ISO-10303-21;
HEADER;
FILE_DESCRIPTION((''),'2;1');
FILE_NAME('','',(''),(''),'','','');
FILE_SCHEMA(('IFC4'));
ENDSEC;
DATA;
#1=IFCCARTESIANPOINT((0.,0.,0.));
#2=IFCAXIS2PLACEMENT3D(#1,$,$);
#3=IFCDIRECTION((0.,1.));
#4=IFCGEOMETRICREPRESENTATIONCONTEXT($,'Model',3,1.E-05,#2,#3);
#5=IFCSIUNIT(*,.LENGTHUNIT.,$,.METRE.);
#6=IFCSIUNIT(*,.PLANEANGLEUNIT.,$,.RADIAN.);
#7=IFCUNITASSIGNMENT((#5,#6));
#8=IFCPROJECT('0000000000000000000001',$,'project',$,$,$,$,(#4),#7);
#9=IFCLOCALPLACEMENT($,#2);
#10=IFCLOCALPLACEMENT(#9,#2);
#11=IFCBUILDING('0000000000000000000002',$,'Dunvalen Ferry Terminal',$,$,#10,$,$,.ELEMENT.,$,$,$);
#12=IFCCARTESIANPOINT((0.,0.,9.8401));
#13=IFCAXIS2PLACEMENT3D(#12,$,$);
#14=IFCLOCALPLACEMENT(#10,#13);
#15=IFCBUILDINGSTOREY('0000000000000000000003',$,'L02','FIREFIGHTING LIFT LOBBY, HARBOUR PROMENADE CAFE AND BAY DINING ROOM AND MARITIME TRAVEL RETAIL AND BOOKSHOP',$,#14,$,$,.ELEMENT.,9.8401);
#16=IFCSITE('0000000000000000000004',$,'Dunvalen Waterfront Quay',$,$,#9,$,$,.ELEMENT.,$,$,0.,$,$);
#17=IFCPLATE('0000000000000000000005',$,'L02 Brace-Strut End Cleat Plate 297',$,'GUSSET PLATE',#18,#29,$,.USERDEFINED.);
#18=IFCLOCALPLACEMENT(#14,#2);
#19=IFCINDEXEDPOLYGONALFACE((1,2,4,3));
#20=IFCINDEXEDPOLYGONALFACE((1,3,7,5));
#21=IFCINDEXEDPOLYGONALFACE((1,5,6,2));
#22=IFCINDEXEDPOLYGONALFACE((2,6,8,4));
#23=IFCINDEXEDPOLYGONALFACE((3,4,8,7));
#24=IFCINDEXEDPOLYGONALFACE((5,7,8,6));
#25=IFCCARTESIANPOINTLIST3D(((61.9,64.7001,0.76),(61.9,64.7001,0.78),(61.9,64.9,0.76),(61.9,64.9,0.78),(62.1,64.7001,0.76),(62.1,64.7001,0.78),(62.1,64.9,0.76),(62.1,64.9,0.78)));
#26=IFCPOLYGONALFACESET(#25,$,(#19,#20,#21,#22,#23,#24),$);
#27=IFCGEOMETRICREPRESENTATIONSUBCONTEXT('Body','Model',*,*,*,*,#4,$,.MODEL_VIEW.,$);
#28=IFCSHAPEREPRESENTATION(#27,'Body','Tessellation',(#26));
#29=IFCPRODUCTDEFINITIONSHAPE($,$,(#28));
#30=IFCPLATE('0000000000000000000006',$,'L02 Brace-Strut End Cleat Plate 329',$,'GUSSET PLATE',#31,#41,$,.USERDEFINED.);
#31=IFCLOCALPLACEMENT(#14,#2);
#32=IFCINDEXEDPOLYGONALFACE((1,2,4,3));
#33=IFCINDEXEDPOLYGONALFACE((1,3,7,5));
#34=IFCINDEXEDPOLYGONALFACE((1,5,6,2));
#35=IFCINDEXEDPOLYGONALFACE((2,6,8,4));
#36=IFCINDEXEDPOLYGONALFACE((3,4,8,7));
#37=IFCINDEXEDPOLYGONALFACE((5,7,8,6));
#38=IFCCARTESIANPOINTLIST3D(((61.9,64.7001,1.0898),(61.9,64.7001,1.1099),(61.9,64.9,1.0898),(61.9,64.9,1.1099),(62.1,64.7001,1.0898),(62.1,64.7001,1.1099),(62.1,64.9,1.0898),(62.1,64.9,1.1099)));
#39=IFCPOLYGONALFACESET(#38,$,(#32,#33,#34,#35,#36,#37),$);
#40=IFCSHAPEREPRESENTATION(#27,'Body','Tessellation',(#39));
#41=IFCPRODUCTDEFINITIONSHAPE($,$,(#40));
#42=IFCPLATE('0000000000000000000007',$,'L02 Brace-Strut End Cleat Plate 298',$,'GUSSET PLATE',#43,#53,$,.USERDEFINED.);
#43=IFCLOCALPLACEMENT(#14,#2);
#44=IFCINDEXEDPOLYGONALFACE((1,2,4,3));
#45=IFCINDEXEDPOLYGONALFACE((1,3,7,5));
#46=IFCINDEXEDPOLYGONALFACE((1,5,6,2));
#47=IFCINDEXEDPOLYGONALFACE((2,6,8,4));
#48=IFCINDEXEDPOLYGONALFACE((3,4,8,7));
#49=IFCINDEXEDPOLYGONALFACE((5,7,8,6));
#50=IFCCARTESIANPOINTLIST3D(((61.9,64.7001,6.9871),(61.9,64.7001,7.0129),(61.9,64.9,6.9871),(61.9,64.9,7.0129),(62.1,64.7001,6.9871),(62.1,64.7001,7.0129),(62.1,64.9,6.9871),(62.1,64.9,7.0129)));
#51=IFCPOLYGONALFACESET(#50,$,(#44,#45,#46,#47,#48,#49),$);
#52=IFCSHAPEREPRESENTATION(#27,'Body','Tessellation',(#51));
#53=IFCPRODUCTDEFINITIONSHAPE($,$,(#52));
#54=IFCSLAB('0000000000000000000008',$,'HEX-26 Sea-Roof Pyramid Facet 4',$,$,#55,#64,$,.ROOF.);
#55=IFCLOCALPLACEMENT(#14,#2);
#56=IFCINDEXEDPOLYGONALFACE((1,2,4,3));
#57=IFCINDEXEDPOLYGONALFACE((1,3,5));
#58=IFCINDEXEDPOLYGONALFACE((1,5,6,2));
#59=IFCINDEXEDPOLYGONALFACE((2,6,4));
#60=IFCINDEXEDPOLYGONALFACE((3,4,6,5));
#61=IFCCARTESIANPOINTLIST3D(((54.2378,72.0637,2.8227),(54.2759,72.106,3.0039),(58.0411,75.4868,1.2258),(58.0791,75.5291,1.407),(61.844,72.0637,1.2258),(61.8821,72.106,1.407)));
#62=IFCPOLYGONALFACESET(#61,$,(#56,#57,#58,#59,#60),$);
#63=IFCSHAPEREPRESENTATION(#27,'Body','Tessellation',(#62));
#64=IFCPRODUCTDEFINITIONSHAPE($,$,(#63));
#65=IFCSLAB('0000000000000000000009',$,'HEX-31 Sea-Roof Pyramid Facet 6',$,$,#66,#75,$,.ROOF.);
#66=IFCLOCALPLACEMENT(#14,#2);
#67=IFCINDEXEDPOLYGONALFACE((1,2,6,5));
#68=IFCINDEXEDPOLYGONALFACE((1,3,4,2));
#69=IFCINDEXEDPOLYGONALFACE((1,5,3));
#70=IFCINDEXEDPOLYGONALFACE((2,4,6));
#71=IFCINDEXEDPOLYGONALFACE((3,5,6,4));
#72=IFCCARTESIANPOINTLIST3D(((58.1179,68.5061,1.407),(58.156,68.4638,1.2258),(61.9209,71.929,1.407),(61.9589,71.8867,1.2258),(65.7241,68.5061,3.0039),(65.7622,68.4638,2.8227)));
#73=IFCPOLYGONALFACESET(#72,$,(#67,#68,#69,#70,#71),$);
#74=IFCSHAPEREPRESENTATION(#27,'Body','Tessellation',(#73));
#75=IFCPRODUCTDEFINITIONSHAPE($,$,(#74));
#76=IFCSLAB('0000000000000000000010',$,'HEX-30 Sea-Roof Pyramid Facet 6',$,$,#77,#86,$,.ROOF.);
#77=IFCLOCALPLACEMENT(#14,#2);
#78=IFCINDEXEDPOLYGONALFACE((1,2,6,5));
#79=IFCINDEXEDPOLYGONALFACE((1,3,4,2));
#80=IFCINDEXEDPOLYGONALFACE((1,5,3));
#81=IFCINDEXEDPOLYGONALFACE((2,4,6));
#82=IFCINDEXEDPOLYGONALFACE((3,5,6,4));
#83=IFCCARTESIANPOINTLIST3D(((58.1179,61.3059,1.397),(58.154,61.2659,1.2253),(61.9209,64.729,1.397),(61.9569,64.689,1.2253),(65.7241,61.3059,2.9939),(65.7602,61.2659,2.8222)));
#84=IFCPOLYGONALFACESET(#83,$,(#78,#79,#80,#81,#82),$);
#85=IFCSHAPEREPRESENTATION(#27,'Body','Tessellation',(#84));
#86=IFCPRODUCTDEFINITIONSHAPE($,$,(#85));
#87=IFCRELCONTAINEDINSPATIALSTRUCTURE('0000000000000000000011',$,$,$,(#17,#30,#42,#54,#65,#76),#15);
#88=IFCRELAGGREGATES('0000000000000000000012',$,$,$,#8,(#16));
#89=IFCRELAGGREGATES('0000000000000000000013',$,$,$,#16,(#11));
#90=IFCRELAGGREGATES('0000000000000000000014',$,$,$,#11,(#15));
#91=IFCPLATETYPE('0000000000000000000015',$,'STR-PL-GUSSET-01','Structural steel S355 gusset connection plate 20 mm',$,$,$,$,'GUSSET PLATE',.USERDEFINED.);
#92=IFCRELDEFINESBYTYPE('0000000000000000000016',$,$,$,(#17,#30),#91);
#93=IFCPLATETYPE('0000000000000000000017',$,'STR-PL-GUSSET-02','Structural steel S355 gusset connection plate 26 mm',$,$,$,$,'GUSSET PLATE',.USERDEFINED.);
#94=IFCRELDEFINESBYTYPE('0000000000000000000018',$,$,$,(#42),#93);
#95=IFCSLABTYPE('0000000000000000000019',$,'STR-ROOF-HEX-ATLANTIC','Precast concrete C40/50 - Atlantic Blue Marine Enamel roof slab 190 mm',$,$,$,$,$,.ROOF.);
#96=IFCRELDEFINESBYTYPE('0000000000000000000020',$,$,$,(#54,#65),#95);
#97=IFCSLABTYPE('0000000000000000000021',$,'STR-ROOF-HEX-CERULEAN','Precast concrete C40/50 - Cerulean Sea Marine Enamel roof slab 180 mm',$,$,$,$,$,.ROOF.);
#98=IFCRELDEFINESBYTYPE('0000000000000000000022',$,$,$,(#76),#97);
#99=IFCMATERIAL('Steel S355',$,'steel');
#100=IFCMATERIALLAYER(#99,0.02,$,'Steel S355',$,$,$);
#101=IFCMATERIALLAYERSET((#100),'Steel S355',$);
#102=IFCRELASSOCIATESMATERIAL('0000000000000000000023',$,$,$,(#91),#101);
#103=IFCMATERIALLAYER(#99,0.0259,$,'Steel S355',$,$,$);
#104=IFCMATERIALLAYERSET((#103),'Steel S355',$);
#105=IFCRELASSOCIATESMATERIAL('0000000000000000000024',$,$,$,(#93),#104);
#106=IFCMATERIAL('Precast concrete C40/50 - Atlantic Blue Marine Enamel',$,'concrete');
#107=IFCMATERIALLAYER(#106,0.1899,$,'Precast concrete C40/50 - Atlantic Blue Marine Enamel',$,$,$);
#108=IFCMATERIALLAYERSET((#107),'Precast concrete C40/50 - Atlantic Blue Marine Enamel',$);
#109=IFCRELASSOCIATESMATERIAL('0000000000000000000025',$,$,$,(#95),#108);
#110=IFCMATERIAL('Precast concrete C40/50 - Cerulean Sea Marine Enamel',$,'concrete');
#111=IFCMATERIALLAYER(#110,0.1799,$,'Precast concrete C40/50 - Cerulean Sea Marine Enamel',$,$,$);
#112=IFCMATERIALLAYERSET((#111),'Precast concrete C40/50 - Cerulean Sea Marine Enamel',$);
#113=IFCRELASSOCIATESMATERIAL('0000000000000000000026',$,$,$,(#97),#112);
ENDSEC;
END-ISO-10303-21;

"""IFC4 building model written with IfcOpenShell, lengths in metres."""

from ifc_helpers import new_model, si_unit, direction, frame, origin, origin_2d, place, context, subcontext, project, spatial, polyline, rectangle, outline, extrude, material, layer, layer_set, type_object, element, save


model = new_model("IFC4")

# Units and contexts
model_context = context("Model", 3, precision=1e-05, world=origin(), true_north=direction((0.0, 1.0)))
body_context = subcontext(model_context, "Body", "Model", "MODEL_VIEW")
ifc_project = project(units=[si_unit("LENGTHUNIT", "METRE"), si_unit("PLANEANGLEUNIT", "RADIAN")], contexts=[model_context])

# Site, building, storey
site_placement = place(None, origin())
site = spatial("IfcSite", under=ifc_project, at=site_placement, Name="Dunvalen Waterfront Quay", CompositionType="ELEMENT", RefElevation=0.0)
building_placement = place(site_placement, origin())
building = spatial("IfcBuilding", under=site, at=building_placement, Name="Dunvalen Ferry Terminal", CompositionType="ELEMENT")
storey_placement = place(building_placement, frame((0.0, 0.0, 9.8401)))
storey = spatial("IfcBuildingStorey", under=building, at=storey_placement, Name="L02", Description="FIREFIGHTING LIFT LOBBY, HARBOUR PROMENADE CAFE AND BAY DINING ROOM AND MARITIME TRAVEL RETAIL AND BOOKSHOP", CompositionType="ELEMENT", Elevation=9.8401)

# Shared definitions
ifc_material_1 = material(Name="Steel S355", Category="steel")

# Plates
ifc_layer_1 = layer(ifc_material_1, 0.02, Name="Steel S355")
ifc_layer_set_1 = layer_set([ifc_layer_1], Name="Steel S355")
plate_type_1 = type_object("IfcPlateType", Name="STR-PL-GUSSET-01", Description="Structural steel S355 gusset connection plate 20 mm", ElementType="GUSSET PLATE", PredefinedType="USERDEFINED", material=ifc_layer_set_1)
for number, where, z_axis, x_axis, name in (
    (1, (62.0, 64.8, 0.76), (0.0, 0.0, 1.0), (1.0, 0.0, 0.0), "L02 Brace-Strut End Cleat Plate 297"),
    (2, (62.0, 64.8, 1.0898), (0.0, 0.0, 1.0), (1.0, 0.0, 0.0), "L02 Brace-Strut End Cleat Plate 329"),
):
    element("IfcPlate", number, at=place(storey_placement, frame(where, z_axis=z_axis, x_axis=x_axis)), inside=storey, type_object=plate_type_1, Name=name, ObjectType="GUSSET PLATE", PredefinedType="USERDEFINED", context=body_context, shape_type="SweptSolid", body=[
        extrude(rectangle(XDim=0.2, YDim=0.2, at=origin_2d()), origin(), (0.0, 0.0, 1.0), 0.02),
    ])
ifc_layer_2 = layer(ifc_material_1, 0.0259, Name="Steel S355")
ifc_layer_set_2 = layer_set([ifc_layer_2], Name="Steel S355")
plate_type_2 = type_object("IfcPlateType", Name="STR-PL-GUSSET-02", Description="Structural steel S355 gusset connection plate 26 mm", ElementType="GUSSET PLATE", PredefinedType="USERDEFINED", material=ifc_layer_set_2)
plate_placement = place(storey_placement, frame((62.0, 64.8, 6.9871), z_axis=(0.0, 0.0, 1.0), x_axis=(1.0, 0.0, 0.0)))
element("IfcPlate", 3, at=plate_placement, inside=storey, type_object=plate_type_2, Name="L02 Brace-Strut End Cleat Plate 298", ObjectType="GUSSET PLATE", PredefinedType="USERDEFINED", context=body_context, shape_type="SweptSolid", body=[
    extrude(rectangle(XDim=0.2, YDim=0.2, at=origin_2d()), origin(), (0.0, 0.0, 1.0), 0.0259),
])

# Slabs
ifc_material_2 = material(Name="Precast concrete C40/50 - Atlantic Blue Marine Enamel", Category="concrete")
ifc_layer_3 = layer(ifc_material_2, 0.1899, Name="Precast concrete C40/50 - Atlantic Blue Marine Enamel")
ifc_layer_set_3 = layer_set([ifc_layer_3], Name="Precast concrete C40/50 - Atlantic Blue Marine Enamel")
slab_type_1 = type_object("IfcSlabType", Name="STR-ROOF-HEX-ATLANTIC", Description="Precast concrete C40/50 - Atlantic Blue Marine Enamel roof slab 190 mm", PredefinedType="ROOF", material=ifc_layer_set_3)
slab_1_placement = place(storey_placement, frame((61.8821, 72.106, 1.407), z_axis=(0.200318, 0.222548, 0.95412), x_axis=(-0.743254, 0.66901, 0.0)))
element("IfcSlab", 4, at=slab_1_placement, inside=storey, type_object=slab_type_1, Name="HEX-26 Sea-Roof Pyramid Facet 4", PredefinedType="ROOF", context=body_context, shape_type="SweptSolid", body=[
    extrude(outline(polyline([(0.0, 0.0), (5.1167, 0.0), (5.6533, 5.3333), (0.0, 0.0)])), origin(), (0.0, 0.0, -1.0), 0.1899),
])
slab_2_placement = place(storey_placement, frame((61.9209, 71.929, 1.407), z_axis=(-0.200317, 0.222563, 0.954117), x_axis=(-0.743278, -0.668983, 0.0)))
element("IfcSlab", 5, at=slab_2_placement, inside=storey, type_object=slab_type_1, Name="HEX-31 Sea-Roof Pyramid Facet 6", PredefinedType="ROOF", context=body_context, shape_type="SweptSolid", body=[
    extrude(outline(polyline([(0.0, 0.0), (5.1165, 0.0), (-0.537, 5.3331), (0.0, 0.0)])), origin(), (0.0, 0.0, -1.0), 0.1899),
])
ifc_material_3 = material(Name="Precast concrete C40/50 - Cerulean Sea Marine Enamel", Category="concrete")
ifc_layer_4 = layer(ifc_material_3, 0.1799, Name="Precast concrete C40/50 - Cerulean Sea Marine Enamel")
ifc_layer_set_4 = layer_set([ifc_layer_4], Name="Precast concrete C40/50 - Cerulean Sea Marine Enamel")
slab_type_2 = type_object("IfcSlabType", Name="STR-ROOF-HEX-CERULEAN", Description="Precast concrete C40/50 - Cerulean Sea Marine Enamel roof slab 180 mm", PredefinedType="ROOF", material=ifc_layer_set_4)
slab_3_placement = place(storey_placement, frame((61.9209, 64.729, 1.397), z_axis=(-0.200318, 0.222548, 0.95412), x_axis=(-0.743254, -0.66901, 0.0)))
element("IfcSlab", 6, at=slab_3_placement, inside=storey, type_object=slab_type_2, Name="HEX-30 Sea-Roof Pyramid Facet 6", PredefinedType="ROOF", context=body_context, shape_type="SweptSolid", body=[
    extrude(outline(polyline([(0.0, 0.0), (5.1167, 0.0), (-0.5367, 5.3333), (0.0, 0.0)])), origin(), (0.0, 0.0, -1.0), 0.1799),
])

save(model, "model.ifc")
